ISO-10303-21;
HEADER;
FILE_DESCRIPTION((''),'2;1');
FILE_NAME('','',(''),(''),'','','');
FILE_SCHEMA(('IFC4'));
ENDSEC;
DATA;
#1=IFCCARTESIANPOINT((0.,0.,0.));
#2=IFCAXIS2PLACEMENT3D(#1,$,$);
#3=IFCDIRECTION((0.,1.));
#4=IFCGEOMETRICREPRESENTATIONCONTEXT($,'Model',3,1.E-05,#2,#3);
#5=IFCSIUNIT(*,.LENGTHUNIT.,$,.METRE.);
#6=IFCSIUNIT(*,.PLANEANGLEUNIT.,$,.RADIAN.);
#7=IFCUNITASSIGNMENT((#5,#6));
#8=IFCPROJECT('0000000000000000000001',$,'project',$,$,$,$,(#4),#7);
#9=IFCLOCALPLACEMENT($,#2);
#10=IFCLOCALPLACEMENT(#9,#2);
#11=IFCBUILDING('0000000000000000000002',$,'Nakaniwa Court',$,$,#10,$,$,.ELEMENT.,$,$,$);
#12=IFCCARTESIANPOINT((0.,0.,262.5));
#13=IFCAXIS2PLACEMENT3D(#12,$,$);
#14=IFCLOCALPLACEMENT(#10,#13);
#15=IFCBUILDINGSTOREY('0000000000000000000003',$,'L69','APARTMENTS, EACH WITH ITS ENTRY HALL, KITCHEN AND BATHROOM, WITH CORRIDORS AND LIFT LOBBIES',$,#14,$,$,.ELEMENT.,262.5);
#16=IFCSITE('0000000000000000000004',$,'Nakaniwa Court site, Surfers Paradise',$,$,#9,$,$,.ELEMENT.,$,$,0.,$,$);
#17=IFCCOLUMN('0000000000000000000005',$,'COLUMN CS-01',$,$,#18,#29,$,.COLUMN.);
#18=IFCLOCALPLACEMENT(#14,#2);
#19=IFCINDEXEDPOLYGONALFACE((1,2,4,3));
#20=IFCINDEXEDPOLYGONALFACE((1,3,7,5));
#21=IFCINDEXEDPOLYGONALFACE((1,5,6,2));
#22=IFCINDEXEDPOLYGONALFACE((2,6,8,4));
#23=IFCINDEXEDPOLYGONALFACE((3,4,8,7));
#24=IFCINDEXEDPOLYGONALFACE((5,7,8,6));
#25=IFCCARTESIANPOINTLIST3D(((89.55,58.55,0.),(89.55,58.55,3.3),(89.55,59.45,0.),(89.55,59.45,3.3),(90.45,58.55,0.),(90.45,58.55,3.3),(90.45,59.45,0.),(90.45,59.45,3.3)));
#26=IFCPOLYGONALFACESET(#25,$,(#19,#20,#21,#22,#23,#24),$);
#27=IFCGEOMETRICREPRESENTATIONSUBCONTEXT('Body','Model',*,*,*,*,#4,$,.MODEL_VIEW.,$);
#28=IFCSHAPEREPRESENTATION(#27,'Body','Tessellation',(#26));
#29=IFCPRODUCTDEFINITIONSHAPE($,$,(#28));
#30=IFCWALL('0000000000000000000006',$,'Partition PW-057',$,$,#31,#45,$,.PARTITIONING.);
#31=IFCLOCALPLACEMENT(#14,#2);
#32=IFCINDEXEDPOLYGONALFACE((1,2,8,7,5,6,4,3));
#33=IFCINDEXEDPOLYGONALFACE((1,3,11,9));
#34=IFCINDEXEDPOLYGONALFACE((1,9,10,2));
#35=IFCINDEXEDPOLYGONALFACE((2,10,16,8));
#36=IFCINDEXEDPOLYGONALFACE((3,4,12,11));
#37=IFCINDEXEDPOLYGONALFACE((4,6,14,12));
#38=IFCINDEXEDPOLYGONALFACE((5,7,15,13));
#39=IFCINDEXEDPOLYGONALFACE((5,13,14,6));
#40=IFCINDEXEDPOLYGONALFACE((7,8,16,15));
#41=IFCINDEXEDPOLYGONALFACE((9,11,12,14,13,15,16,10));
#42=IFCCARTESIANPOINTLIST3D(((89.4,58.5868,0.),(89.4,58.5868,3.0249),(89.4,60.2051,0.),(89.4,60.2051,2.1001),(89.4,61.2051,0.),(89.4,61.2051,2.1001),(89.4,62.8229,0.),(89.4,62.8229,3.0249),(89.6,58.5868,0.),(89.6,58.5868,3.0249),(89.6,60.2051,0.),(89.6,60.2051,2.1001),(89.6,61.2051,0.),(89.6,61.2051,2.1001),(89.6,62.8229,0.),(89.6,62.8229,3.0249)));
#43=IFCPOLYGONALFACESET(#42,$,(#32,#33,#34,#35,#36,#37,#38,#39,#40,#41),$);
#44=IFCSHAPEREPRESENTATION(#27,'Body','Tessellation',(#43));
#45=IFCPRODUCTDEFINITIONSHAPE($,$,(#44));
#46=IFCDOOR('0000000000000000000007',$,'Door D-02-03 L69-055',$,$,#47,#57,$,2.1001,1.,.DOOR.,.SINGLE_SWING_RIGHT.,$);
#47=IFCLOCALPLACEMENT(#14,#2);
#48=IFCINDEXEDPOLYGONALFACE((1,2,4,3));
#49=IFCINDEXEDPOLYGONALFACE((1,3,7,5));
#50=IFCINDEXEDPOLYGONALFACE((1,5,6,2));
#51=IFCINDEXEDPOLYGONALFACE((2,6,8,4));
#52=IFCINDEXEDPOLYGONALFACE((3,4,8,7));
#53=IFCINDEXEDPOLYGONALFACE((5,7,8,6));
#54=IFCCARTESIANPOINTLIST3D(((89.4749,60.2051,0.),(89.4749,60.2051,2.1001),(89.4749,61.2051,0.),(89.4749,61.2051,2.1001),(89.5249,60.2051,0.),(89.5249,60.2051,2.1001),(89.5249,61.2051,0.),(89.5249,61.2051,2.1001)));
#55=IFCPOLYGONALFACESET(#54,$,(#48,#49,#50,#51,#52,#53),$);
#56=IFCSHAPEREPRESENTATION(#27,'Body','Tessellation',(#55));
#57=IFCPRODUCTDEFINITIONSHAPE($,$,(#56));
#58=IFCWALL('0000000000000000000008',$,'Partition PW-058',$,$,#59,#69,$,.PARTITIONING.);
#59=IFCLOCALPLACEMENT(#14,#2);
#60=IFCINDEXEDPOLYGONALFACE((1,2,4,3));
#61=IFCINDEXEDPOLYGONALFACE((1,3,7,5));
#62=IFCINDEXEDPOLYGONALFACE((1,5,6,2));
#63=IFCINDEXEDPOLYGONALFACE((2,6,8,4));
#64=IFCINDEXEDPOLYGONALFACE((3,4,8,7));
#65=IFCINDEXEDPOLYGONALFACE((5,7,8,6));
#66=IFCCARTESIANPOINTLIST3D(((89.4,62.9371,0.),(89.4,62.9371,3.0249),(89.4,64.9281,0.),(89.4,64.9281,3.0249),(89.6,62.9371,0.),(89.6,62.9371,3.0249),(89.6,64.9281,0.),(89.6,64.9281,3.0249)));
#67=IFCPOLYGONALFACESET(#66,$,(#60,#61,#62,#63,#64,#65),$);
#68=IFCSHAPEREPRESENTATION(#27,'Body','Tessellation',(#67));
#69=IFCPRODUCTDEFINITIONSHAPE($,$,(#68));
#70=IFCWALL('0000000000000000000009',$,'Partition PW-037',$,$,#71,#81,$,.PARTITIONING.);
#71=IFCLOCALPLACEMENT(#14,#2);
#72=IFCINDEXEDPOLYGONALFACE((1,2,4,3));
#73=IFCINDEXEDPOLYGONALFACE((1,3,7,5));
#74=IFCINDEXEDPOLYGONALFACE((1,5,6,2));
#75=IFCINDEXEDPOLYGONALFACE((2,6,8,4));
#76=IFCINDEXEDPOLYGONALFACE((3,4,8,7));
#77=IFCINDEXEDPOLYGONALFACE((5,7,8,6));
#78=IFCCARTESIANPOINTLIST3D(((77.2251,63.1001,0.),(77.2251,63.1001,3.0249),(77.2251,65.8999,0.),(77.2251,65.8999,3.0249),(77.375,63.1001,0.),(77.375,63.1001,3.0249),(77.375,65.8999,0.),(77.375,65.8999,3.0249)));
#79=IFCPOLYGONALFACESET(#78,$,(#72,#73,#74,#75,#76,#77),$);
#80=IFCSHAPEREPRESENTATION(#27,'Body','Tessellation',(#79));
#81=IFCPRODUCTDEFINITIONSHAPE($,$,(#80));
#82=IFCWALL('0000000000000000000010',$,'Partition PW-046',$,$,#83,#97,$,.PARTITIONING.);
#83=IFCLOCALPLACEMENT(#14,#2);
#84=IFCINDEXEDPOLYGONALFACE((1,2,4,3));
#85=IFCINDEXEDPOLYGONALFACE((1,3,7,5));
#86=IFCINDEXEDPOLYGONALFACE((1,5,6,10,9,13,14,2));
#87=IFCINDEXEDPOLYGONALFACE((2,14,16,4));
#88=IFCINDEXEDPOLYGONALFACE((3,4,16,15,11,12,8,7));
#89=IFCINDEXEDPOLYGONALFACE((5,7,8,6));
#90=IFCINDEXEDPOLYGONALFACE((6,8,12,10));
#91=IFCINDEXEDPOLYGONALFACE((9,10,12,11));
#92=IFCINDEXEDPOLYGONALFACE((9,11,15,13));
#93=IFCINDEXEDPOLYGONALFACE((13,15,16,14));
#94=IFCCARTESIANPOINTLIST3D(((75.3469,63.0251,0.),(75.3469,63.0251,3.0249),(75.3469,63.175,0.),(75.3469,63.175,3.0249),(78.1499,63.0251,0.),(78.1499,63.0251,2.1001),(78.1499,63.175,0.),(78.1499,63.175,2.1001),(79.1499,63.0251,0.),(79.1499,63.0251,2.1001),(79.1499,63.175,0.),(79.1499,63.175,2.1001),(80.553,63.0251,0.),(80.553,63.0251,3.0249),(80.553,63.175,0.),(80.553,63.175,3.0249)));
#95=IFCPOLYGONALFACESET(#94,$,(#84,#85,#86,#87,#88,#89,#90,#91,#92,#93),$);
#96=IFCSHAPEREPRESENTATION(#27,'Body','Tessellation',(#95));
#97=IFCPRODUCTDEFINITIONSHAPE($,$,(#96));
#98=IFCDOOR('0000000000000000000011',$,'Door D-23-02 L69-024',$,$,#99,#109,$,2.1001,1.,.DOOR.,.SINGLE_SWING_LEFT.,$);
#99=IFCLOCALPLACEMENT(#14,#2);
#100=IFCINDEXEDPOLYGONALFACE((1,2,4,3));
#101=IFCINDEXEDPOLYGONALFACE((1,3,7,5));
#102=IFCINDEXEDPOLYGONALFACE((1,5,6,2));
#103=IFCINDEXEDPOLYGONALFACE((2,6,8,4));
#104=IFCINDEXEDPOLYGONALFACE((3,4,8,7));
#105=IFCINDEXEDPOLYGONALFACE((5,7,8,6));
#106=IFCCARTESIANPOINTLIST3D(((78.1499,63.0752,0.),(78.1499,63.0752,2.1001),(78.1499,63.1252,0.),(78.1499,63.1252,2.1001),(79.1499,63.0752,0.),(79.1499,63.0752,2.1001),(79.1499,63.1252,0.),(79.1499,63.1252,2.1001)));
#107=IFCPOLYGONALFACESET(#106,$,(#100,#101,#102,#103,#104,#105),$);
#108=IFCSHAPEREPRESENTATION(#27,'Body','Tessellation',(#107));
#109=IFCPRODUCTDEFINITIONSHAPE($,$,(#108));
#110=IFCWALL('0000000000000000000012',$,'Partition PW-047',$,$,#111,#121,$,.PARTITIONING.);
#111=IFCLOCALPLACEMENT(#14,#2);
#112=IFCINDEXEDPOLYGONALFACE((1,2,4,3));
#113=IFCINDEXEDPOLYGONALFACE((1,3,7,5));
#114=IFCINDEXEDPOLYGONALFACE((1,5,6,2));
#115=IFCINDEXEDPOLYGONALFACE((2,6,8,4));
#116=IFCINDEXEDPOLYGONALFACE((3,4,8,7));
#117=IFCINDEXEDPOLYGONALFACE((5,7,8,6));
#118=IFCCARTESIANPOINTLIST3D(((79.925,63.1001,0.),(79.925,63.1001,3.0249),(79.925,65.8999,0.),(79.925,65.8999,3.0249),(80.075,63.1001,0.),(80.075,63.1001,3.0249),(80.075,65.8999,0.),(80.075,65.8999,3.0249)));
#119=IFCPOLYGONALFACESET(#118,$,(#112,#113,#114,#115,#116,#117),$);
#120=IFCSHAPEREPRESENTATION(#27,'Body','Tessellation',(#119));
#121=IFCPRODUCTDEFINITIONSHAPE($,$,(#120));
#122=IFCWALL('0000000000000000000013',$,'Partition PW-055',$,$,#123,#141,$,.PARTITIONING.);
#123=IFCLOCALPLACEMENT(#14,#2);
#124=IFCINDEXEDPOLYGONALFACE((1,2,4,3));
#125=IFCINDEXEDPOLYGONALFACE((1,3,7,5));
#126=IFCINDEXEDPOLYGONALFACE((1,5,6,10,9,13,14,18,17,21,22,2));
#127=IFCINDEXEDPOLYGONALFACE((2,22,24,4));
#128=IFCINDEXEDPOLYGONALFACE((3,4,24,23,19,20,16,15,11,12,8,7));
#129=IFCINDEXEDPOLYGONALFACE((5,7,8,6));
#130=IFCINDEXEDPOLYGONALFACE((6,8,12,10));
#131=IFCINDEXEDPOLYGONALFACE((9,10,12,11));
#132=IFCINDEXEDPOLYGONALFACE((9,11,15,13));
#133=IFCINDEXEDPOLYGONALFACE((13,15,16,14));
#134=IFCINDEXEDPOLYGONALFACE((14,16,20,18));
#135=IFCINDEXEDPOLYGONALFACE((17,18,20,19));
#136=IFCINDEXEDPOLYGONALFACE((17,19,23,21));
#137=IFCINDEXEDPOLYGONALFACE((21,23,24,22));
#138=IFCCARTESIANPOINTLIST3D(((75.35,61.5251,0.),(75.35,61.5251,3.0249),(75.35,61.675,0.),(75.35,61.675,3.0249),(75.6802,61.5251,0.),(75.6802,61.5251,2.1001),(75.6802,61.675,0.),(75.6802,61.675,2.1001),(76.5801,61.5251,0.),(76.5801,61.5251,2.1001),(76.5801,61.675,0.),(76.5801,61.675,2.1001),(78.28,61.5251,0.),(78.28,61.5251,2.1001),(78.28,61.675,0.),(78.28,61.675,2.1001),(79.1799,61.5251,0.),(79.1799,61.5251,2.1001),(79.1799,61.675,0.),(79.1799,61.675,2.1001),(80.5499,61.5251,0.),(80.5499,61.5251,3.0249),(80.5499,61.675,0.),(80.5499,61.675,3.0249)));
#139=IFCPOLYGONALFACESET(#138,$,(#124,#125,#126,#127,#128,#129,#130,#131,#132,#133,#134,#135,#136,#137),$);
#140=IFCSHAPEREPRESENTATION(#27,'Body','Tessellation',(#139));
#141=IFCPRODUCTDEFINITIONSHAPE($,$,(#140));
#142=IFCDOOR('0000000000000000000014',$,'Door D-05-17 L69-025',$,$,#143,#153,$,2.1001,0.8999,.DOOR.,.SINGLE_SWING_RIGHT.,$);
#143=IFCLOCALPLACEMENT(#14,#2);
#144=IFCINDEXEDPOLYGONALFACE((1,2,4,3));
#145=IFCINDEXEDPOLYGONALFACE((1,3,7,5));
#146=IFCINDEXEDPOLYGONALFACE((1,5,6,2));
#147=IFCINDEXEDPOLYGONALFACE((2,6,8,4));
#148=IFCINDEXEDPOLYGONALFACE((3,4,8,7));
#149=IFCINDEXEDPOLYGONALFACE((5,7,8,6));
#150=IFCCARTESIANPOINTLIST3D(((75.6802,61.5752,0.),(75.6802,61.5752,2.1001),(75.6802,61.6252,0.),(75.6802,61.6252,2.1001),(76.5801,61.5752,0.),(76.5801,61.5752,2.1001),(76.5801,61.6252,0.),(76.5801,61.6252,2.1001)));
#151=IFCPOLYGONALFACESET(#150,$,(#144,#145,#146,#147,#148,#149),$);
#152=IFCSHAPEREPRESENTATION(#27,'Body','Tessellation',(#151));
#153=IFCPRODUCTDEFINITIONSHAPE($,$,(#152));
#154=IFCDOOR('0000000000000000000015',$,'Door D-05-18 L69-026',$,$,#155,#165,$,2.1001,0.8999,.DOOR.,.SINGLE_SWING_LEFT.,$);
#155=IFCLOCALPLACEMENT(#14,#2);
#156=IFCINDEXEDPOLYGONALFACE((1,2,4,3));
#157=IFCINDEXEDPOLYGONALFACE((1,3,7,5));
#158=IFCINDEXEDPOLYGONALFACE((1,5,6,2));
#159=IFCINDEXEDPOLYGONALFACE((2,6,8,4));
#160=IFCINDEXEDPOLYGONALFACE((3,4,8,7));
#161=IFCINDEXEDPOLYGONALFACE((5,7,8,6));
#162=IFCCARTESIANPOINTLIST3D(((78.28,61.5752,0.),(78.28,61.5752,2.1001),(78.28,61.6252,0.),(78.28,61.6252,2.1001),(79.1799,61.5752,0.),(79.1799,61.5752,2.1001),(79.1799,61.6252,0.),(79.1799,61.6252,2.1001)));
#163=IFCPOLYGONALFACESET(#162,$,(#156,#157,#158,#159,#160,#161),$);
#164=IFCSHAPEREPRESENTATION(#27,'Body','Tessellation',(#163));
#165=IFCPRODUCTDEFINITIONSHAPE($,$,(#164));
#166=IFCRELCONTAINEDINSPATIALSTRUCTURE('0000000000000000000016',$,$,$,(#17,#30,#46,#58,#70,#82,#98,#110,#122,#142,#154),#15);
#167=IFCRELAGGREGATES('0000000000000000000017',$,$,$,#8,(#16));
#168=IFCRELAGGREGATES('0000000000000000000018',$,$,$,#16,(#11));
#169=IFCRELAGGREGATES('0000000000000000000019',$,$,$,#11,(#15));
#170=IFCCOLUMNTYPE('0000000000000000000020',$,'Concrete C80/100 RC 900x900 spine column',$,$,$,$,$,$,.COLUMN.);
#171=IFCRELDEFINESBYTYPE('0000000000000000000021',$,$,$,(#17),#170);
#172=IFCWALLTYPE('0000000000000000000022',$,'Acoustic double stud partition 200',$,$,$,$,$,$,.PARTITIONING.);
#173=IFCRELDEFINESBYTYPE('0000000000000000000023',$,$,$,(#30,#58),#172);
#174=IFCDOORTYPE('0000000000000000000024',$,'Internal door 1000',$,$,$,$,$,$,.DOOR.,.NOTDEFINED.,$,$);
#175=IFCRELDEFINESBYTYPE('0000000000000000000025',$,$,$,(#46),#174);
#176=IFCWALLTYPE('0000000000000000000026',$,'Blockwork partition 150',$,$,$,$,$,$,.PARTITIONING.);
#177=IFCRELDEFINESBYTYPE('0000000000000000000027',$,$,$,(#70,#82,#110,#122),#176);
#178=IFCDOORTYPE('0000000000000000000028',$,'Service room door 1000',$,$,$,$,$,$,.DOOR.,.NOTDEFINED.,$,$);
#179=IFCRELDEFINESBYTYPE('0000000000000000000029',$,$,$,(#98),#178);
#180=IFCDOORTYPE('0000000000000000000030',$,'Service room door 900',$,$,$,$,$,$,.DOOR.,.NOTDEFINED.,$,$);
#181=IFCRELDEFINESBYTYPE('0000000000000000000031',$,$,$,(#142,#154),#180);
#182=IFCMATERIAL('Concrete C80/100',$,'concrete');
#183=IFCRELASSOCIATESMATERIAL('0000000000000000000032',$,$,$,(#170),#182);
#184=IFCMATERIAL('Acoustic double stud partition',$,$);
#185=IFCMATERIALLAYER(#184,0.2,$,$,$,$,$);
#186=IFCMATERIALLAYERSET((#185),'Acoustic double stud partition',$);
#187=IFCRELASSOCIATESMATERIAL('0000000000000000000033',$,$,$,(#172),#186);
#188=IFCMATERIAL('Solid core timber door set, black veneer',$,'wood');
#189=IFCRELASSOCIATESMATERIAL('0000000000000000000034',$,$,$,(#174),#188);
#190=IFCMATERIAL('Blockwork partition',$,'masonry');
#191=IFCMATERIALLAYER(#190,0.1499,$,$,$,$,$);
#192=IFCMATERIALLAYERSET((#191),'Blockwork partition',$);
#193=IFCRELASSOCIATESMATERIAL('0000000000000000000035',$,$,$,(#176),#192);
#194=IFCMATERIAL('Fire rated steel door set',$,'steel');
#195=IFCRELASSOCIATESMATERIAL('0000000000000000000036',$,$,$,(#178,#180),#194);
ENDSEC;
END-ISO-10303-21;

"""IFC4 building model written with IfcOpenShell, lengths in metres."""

from ifc_helpers import new_model, si_unit, direction, frame, frame_2d, origin, origin_2d, place, context, subcontext, project, spatial, rectangle, extrude, material, layer, layer_set, material_profile, profile_set, type_object, element, fill, save


model = new_model("IFC4")

# Units and contexts
model_context = context("Model", 3, precision=1e-05, world=origin(), true_north=direction((0.0, 1.0)))
body_context = subcontext(model_context, "Body", "Model", "MODEL_VIEW")
ifc_project = project(units=[si_unit("LENGTHUNIT", "METRE"), si_unit("PLANEANGLEUNIT", "RADIAN")], contexts=[model_context])

# Site, building, storey
site_placement = place(None, origin())
site = spatial("IfcSite", under=ifc_project, at=site_placement, Name="Nakaniwa Court site, Surfers Paradise", CompositionType="ELEMENT", RefElevation=0.0)
building_placement = place(site_placement, origin())
building = spatial("IfcBuilding", under=site, at=building_placement, Name="Nakaniwa Court", CompositionType="ELEMENT")
storey_placement = place(building_placement, frame((0.0, 0.0, 262.5)))
storey = spatial("IfcBuildingStorey", under=building, at=storey_placement, Name="L69", Description="APARTMENTS, EACH WITH ITS ENTRY HALL, KITCHEN AND BATHROOM, WITH CORRIDORS AND LIFT LOBBIES", CompositionType="ELEMENT", Elevation=262.5)

# Column
ifc_material_1 = material(Name="Concrete C80/100", Category="concrete")
ifc_material_profile = material_profile(ifc_material_1, rectangle(XDim=0.8999, YDim=0.8999, at=origin_2d()), Name="Concrete C80/100 RC 900x900 spine column")
ifc_profile_set = profile_set([ifc_material_profile], Name="Concrete C80/100")
column_type = type_object("IfcColumnType", Name="Concrete C80/100 RC 900x900 spine column", PredefinedType="COLUMN", material=ifc_profile_set)
column_placement = place(storey_placement, frame((90.0, 59.0, 0.0), z_axis=(0.0, 0.0, 1.0), x_axis=(0.0, 1.0, 0.0)))
element("IfcColumn", 1, at=column_placement, inside=storey, type_object=column_type, Name="COLUMN CS-01", PredefinedType="COLUMN", context=body_context, shape_type="SweptSolid", body=[
    extrude(rectangle(XDim=0.8999, YDim=0.8999, at=origin_2d()), origin(), (0.0, 0.0, 1.0), 3.3),
])

# Wall, opening, door
ifc_material_2 = material(Name="Acoustic double stud partition")
ifc_layer_1 = layer(ifc_material_2, 0.2)
ifc_layer_set_1 = layer_set([ifc_layer_1], Name="Acoustic double stud partition")
wall_type_1 = type_object("IfcWallType", Name="Acoustic double stud partition 200", PredefinedType="PARTITIONING", material=ifc_layer_set_1)
wall_1_placement = place(storey_placement, frame((89.5, 62.823, 0.0), z_axis=(0.0, 0.0, 1.0), x_axis=(0.0, -1.0, 0.0)))
wall_1 = element("IfcWall", 2, at=wall_1_placement, inside=storey, type_object=wall_type_1, Name="Partition PW-057", PredefinedType="PARTITIONING", context=body_context, shape_type="SweptSolid", body=[
    extrude(rectangle(XDim=4.2361, YDim=0.2, at=frame_2d((2.1182, 0.0))), origin(), (0.0, 0.0, 1.0), 3.0249),
])
opening_1_placement = place(wall_1_placement, frame((1.6179, 0.0, 0.0)))
opening_1 = element("IfcOpeningElement", 3, at=opening_1_placement, cuts=wall_1, PredefinedType="OPENING", context=body_context, shape_type="SweptSolid", body=[
    extrude(rectangle(XDim=1.0, YDim=2.1001, at=frame_2d((0.5, 1.05))), frame((0.0, 0.1099, 0.0), z_axis=(0.0, -1.0, 0.0), x_axis=(1.0, 0.0, 0.0)), (0.0, 0.0, 1.0), 0.22),
])
ifc_material_3 = material(Name="Solid core timber door set, black veneer", Category="wood")
door_type_1 = type_object("IfcDoorType", Name="Internal door 1000", OperationType="NOTDEFINED", PredefinedType="DOOR", material=ifc_material_3)
door_1_placement = place(opening_1_placement, origin())
door_1 = element("IfcDoor", 4, at=door_1_placement, inside=storey, type_object=door_type_1, Name="Door D-02-03 L69-055", OperationType="SINGLE_SWING_RIGHT", OverallHeight=2.1001, OverallWidth=1.0, PredefinedType="DOOR", context=body_context, shape_type="SweptSolid", body=[
    extrude(rectangle(XDim=1.0, YDim=2.1001, at=frame_2d((0.5, 1.05))), frame((0.0, 0.0249, 0.0), z_axis=(0.0, -1.0, 0.0), x_axis=(1.0, 0.0, 0.0)), (0.0, 0.0, 1.0), 0.05),
])
fill(opening_1, door_1)

# Walls
wall_2_placement = place(storey_placement, frame((89.5, 62.937, 0.0), z_axis=(0.0, 0.0, 1.0), x_axis=(0.0, 1.0, 0.0)))
element("IfcWall", 5, at=wall_2_placement, inside=storey, type_object=wall_type_1, Name="Partition PW-058", PredefinedType="PARTITIONING", context=body_context, shape_type="SweptSolid", body=[
    extrude(rectangle(XDim=1.991, YDim=0.2, at=frame_2d((0.9956, 0.0))), origin(), (0.0, 0.0, 1.0), 3.0249),
])
ifc_material_4 = material(Name="Blockwork partition", Category="masonry")
ifc_layer_2 = layer(ifc_material_4, 0.1499)
ifc_layer_set_2 = layer_set([ifc_layer_2], Name="Blockwork partition")
wall_type_2 = type_object("IfcWallType", Name="Blockwork partition 150", PredefinedType="PARTITIONING", material=ifc_layer_set_2)
wall_3_placement = place(storey_placement, frame((77.3, 63.1001, 0.0), z_axis=(0.0, 0.0, 1.0), x_axis=(0.0, 1.0, 0.0)))
element("IfcWall", 6, at=wall_3_placement, inside=storey, type_object=wall_type_2, Name="Partition PW-037", PredefinedType="PARTITIONING", context=body_context, shape_type="SweptSolid", body=[
    extrude(rectangle(XDim=2.7998, YDim=0.1499, at=frame_2d((1.3999, 0.0))), origin(), (0.0, 0.0, 1.0), 3.0249),
])

# Wall, opening, door
wall_4_placement = place(storey_placement, frame((80.553, 63.1001, 0.0), z_axis=(0.0, 0.0, 1.0), x_axis=(-1.0, 0.0, 0.0)))
wall_4 = element("IfcWall", 7, at=wall_4_placement, inside=storey, type_object=wall_type_2, Name="Partition PW-046", PredefinedType="PARTITIONING", context=body_context, shape_type="SweptSolid", body=[
    extrude(rectangle(XDim=5.2061, YDim=0.1499, at=frame_2d((2.603, 0.0))), origin(), (0.0, 0.0, 1.0), 3.0249),
])
opening_2_placement = place(wall_4_placement, frame((1.4031, 0.0, 0.0)))
opening_2 = element("IfcOpeningElement", 8, at=opening_2_placement, cuts=wall_4, PredefinedType="OPENING", context=body_context, shape_type="SweptSolid", body=[
    extrude(rectangle(XDim=1.0, YDim=2.1001, at=frame_2d((0.5, 1.05))), frame((0.0, 0.085, 0.0), z_axis=(0.0, -1.0, 0.0), x_axis=(1.0, 0.0, 0.0)), (0.0, 0.0, 1.0), 0.1699),
])
ifc_material_5 = material(Name="Fire rated steel door set", Category="steel")
door_type_2 = type_object("IfcDoorType", Name="Service room door 1000", OperationType="NOTDEFINED", PredefinedType="DOOR", material=ifc_material_5)
door_2_placement = place(opening_2_placement, origin())
door_2 = element("IfcDoor", 9, at=door_2_placement, inside=storey, type_object=door_type_2, Name="Door D-23-02 L69-024", OperationType="SINGLE_SWING_LEFT", OverallHeight=2.1001, OverallWidth=1.0, PredefinedType="DOOR", context=body_context, shape_type="SweptSolid", body=[
    extrude(rectangle(XDim=1.0, YDim=2.1001, at=frame_2d((0.5, 1.05))), frame((0.0, 0.0249, 0.0), z_axis=(0.0, -1.0, 0.0), x_axis=(1.0, 0.0, 0.0)), (0.0, 0.0, 1.0), 0.05),
])
fill(opening_2, door_2)

# Wall
wall_5_placement = place(storey_placement, frame((80.0, 63.1001, 0.0), z_axis=(0.0, 0.0, 1.0), x_axis=(0.0, 1.0, 0.0)))
element("IfcWall", 10, at=wall_5_placement, inside=storey, type_object=wall_type_2, Name="Partition PW-047", PredefinedType="PARTITIONING", context=body_context, shape_type="SweptSolid", body=[
    extrude(rectangle(XDim=2.7998, YDim=0.1499, at=frame_2d((1.3999, 0.0))), origin(), (0.0, 0.0, 1.0), 3.0249),
])

# Wall, openings, doors
wall_6_placement = place(storey_placement, frame((80.55, 61.6001, 0.0), z_axis=(0.0, 0.0, 1.0), x_axis=(-1.0, 0.0, 0.0)))
wall_6 = element("IfcWall", 11, at=wall_6_placement, inside=storey, type_object=wall_type_2, Name="Partition PW-055", PredefinedType="PARTITIONING", context=body_context, shape_type="SweptSolid", body=[
    extrude(rectangle(XDim=5.2, YDim=0.1499, at=frame_2d((2.6001, 0.0))), origin(), (0.0, 0.0, 1.0), 3.0249),
])
opening_3_placement = place(wall_6_placement, frame((3.97, 0.0, 0.0)))
opening_3 = element("IfcOpeningElement", 12, at=opening_3_placement, cuts=wall_6, PredefinedType="OPENING", context=body_context, shape_type="SweptSolid", body=[
    extrude(rectangle(XDim=0.8999, YDim=2.1001, at=frame_2d((0.45, 1.05))), frame((0.0, 0.085, 0.0), z_axis=(0.0, -1.0, 0.0), x_axis=(1.0, 0.0, 0.0)), (0.0, 0.0, 1.0), 0.1699),
])
opening_4_placement = place(wall_6_placement, frame((1.3701, 0.0, 0.0)))
opening_4 = element("IfcOpeningElement", 13, at=opening_4_placement, cuts=wall_6, PredefinedType="OPENING", context=body_context, shape_type="SweptSolid", body=[
    extrude(rectangle(XDim=0.8999, YDim=2.1001, at=frame_2d((0.45, 1.05))), frame((0.0, 0.085, 0.0), z_axis=(0.0, -1.0, 0.0), x_axis=(1.0, 0.0, 0.0)), (0.0, 0.0, 1.0), 0.1699),
])
door_type_3 = type_object("IfcDoorType", Name="Service room door 900", OperationType="NOTDEFINED", PredefinedType="DOOR", material=ifc_material_5)
door_3_placement = place(opening_3_placement, origin())
door_3 = element("IfcDoor", 14, at=door_3_placement, inside=storey, type_object=door_type_3, Name="Door D-05-17 L69-025", OperationType="SINGLE_SWING_RIGHT", OverallHeight=2.1001, OverallWidth=0.8999, PredefinedType="DOOR", context=body_context, shape_type="SweptSolid", body=[
    extrude(rectangle(XDim=0.8999, YDim=2.1001, at=frame_2d((0.45, 1.05))), frame((0.0, 0.0249, 0.0), z_axis=(0.0, -1.0, 0.0), x_axis=(1.0, 0.0, 0.0)), (0.0, 0.0, 1.0), 0.05),
])
fill(opening_3, door_3)
door_4_placement = place(opening_4_placement, origin())
door_4 = element("IfcDoor", 15, at=door_4_placement, inside=storey, type_object=door_type_3, Name="Door D-05-18 L69-026", OperationType="SINGLE_SWING_LEFT", OverallHeight=2.1001, OverallWidth=0.8999, PredefinedType="DOOR", context=body_context, shape_type="SweptSolid", body=[
    extrude(rectangle(XDim=0.8999, YDim=2.1001, at=frame_2d((0.45, 1.05))), frame((0.0, 0.0249, 0.0), z_axis=(0.0, -1.0, 0.0), x_axis=(1.0, 0.0, 0.0)), (0.0, 0.0, 1.0), 0.05),
])
fill(opening_4, door_4)

save(model, "model.ifc")
